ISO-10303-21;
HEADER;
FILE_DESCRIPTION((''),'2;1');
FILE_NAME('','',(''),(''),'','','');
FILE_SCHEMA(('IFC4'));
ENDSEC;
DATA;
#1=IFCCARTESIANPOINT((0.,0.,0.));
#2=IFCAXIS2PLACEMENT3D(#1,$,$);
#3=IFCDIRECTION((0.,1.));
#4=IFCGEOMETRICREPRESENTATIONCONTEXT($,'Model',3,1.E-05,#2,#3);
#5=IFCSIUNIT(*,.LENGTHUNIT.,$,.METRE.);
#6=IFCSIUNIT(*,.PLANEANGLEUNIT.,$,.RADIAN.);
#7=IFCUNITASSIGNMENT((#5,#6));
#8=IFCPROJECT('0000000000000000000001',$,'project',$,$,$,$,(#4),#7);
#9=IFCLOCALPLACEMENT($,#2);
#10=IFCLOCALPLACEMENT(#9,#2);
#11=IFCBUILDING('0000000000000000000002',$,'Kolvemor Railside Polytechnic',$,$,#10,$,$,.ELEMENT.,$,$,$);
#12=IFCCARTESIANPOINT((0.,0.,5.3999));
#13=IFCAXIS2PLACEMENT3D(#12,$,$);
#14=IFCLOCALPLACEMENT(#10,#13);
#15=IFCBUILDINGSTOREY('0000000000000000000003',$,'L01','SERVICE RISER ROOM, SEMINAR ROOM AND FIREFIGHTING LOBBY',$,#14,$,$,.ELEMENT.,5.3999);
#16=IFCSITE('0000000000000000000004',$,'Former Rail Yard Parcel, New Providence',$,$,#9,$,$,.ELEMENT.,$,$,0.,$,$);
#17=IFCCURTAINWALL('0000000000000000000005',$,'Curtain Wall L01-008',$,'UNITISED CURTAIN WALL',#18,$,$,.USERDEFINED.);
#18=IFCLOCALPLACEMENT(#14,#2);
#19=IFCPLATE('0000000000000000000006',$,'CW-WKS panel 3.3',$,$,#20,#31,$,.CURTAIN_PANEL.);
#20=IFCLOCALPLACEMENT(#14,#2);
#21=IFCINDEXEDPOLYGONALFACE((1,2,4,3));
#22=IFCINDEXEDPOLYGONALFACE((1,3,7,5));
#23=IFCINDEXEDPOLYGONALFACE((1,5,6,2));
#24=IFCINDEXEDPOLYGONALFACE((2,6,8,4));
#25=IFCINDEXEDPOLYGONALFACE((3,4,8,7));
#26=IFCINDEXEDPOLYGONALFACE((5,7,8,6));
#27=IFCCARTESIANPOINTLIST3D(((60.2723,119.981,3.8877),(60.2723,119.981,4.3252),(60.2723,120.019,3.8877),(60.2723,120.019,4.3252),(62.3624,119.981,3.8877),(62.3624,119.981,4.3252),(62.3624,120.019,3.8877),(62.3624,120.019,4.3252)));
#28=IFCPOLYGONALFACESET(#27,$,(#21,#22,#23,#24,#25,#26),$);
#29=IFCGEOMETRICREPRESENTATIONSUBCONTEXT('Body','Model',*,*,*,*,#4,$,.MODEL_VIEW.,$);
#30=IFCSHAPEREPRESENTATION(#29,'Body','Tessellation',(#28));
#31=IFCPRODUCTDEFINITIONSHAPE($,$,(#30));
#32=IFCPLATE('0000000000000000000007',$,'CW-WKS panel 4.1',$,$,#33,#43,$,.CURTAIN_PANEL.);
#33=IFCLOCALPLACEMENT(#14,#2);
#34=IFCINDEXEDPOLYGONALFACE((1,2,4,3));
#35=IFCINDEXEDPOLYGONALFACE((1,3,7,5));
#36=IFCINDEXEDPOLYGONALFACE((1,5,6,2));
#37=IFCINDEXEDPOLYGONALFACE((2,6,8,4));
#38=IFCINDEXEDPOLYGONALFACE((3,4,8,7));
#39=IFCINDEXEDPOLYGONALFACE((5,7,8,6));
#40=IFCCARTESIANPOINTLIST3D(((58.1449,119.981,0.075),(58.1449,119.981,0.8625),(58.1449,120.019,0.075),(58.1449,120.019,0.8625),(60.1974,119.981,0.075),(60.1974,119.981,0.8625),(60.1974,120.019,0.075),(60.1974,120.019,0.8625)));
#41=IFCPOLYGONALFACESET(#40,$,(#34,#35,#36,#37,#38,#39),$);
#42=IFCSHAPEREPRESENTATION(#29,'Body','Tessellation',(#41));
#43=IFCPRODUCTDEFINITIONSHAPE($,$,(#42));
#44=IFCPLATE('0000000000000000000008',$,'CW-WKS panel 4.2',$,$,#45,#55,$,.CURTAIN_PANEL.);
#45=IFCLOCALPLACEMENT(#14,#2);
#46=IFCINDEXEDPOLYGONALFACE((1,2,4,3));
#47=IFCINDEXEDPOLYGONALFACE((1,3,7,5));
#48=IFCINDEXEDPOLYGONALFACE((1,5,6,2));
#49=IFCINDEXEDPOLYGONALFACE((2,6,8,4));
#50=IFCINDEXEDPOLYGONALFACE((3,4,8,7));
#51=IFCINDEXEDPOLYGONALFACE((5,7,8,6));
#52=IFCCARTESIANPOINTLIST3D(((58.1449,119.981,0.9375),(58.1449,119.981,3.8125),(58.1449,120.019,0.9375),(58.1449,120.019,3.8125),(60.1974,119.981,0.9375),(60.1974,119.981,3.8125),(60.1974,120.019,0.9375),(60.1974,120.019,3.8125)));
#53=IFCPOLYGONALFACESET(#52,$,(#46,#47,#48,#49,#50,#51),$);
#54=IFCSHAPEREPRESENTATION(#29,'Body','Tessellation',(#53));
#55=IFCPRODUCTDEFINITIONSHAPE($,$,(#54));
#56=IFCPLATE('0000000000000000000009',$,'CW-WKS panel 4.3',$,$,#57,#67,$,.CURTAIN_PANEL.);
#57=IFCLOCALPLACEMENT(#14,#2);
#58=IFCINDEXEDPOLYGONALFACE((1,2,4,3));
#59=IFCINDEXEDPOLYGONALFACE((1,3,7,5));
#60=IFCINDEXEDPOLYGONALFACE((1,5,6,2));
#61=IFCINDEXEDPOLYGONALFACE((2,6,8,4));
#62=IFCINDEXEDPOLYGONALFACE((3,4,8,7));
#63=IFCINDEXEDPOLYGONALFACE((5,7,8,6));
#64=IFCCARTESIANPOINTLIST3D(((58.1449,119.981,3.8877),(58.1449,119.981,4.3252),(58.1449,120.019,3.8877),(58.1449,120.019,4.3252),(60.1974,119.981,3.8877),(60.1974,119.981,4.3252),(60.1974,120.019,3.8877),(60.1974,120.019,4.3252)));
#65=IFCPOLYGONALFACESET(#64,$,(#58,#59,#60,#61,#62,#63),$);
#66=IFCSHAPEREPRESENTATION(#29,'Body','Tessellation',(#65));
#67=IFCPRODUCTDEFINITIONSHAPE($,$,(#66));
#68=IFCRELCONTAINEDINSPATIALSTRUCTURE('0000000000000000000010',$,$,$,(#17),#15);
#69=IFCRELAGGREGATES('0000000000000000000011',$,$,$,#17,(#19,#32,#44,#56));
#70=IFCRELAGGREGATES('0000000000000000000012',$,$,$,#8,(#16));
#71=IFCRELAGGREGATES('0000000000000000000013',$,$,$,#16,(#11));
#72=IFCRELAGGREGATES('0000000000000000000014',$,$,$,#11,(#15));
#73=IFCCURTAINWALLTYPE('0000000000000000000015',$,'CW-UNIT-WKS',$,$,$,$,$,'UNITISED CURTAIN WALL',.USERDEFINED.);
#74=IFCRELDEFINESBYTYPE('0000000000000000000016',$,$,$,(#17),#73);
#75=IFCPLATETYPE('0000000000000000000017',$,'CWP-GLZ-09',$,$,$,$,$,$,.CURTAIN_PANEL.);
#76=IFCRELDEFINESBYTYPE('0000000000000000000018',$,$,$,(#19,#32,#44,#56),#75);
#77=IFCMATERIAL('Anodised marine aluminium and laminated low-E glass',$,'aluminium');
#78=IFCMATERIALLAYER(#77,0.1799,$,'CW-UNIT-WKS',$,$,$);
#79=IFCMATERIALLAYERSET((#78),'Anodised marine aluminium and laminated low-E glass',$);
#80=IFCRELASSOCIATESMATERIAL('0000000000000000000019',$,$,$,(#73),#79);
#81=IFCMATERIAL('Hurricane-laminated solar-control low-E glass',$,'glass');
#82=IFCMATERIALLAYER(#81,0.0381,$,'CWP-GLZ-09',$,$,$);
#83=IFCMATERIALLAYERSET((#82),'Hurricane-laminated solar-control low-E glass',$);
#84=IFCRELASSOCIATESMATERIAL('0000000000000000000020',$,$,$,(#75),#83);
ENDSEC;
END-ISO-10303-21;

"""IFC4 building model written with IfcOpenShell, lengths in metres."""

from ifc_helpers import new_model, si_unit, direction, frame, origin, origin_2d, place, context, subcontext, project, spatial, rectangle, extrude, material, layer, layer_set, type_object, element, aggregate, save


model = new_model("IFC4")

# Units and contexts
model_context = context("Model", 3, precision=1e-05, world=origin(), true_north=direction((0.0, 1.0)))
body_context = subcontext(model_context, "Body", "Model", "MODEL_VIEW")
ifc_project = project(units=[si_unit("LENGTHUNIT", "METRE"), si_unit("PLANEANGLEUNIT", "RADIAN")], contexts=[model_context])

# Site, building, storey
site_placement = place(None, origin())
site = spatial("IfcSite", under=ifc_project, at=site_placement, Name="Former Rail Yard Parcel, New Providence", CompositionType="ELEMENT", RefElevation=0.0)
building_placement = place(site_placement, origin())
building = spatial("IfcBuilding", under=site, at=building_placement, Name="Kolvemor Railside Polytechnic", CompositionType="ELEMENT")
storey_placement = place(building_placement, frame((0.0, 0.0, 5.3999)))
storey = spatial("IfcBuildingStorey", under=building, at=storey_placement, Name="L01", Description="SERVICE RISER ROOM, SEMINAR ROOM AND FIREFIGHTING LOBBY", CompositionType="ELEMENT", Elevation=5.3999)

# Curtain wall
ifc_material_1 = material(Name="Anodised marine aluminium and laminated low-E glass", Category="aluminium")
ifc_layer_1 = layer(ifc_material_1, 0.1799, Name="CW-UNIT-WKS")
ifc_layer_set_1 = layer_set([ifc_layer_1], Name="Anodised marine aluminium and laminated low-E glass")
curtain_wall_type = type_object("IfcCurtainWallType", Name="CW-UNIT-WKS", ElementType="UNITISED CURTAIN WALL", PredefinedType="USERDEFINED", material=ifc_layer_set_1)
curtain_wall_1_placement = place(storey_placement, origin())
curtain_wall_1 = element("IfcCurtainWall", 1, at=curtain_wall_1_placement, inside=storey, type_object=curtain_wall_type, Name="Curtain Wall L01-008", ObjectType="UNITISED CURTAIN WALL", PredefinedType="USERDEFINED")

# Plates
ifc_material_2 = material(Name="Hurricane-laminated solar-control low-E glass", Category="glass")
ifc_layer_2 = layer(ifc_material_2, 0.0381, Name="CWP-GLZ-09")
ifc_layer_set_2 = layer_set([ifc_layer_2], Name="Hurricane-laminated solar-control low-E glass")
plate_type_1 = type_object("IfcPlateType", Name="CWP-GLZ-09", PredefinedType="CURTAIN_PANEL", material=ifc_layer_set_2)
plate_1_placement = place(storey_placement, frame((61.3174, 120.0, 3.8877), z_axis=(0.0, 0.0, 1.0), x_axis=(-1.0, 0.0, 0.0)))
plate_1 = element("IfcPlate", 2, at=plate_1_placement, type_object=plate_type_1, Name="CW-WKS panel 3.3", PredefinedType="CURTAIN_PANEL", context=body_context, shape_type="SweptSolid", body=[
    extrude(rectangle(XDim=2.0901, YDim=0.0381, at=origin_2d()), origin(), (0.0, 0.0, 1.0), 0.4375),
])
plate_2_placement = place(storey_placement, frame((59.1711, 120.0, 0.075), z_axis=(0.0, 0.0, 1.0), x_axis=(-1.0, 0.0, 0.0)))
plate_2 = element("IfcPlate", 3, at=plate_2_placement, type_object=plate_type_1, Name="CW-WKS panel 4.1", PredefinedType="CURTAIN_PANEL", context=body_context, shape_type="SweptSolid", body=[
    extrude(rectangle(XDim=2.0525, YDim=0.0381, at=origin_2d()), origin(), (0.0, 0.0, 1.0), 0.7876),
])
plate_3_placement = place(storey_placement, frame((59.1711, 120.0, 0.9375), z_axis=(0.0, 0.0, 1.0), x_axis=(-1.0, 0.0, 0.0)))
plate_3 = element("IfcPlate", 4, at=plate_3_placement, type_object=plate_type_1, Name="CW-WKS panel 4.2", PredefinedType="CURTAIN_PANEL", context=body_context, shape_type="SweptSolid", body=[
    extrude(rectangle(XDim=2.0525, YDim=0.0381, at=origin_2d()), origin(), (0.0, 0.0, 1.0), 2.875),
])
plate_4_placement = place(storey_placement, frame((59.1711, 120.0, 3.8877), z_axis=(0.0, 0.0, 1.0), x_axis=(-1.0, 0.0, 0.0)))
plate_4 = element("IfcPlate", 5, at=plate_4_placement, type_object=plate_type_1, Name="CW-WKS panel 4.3", PredefinedType="CURTAIN_PANEL", context=body_context, shape_type="SweptSolid", body=[
    extrude(rectangle(XDim=2.0525, YDim=0.0381, at=origin_2d()), origin(), (0.0, 0.0, 1.0), 0.4375),
])
aggregate(curtain_wall_1, [plate_1, plate_2, plate_3, plate_4])

save(model, "model.ifc")
